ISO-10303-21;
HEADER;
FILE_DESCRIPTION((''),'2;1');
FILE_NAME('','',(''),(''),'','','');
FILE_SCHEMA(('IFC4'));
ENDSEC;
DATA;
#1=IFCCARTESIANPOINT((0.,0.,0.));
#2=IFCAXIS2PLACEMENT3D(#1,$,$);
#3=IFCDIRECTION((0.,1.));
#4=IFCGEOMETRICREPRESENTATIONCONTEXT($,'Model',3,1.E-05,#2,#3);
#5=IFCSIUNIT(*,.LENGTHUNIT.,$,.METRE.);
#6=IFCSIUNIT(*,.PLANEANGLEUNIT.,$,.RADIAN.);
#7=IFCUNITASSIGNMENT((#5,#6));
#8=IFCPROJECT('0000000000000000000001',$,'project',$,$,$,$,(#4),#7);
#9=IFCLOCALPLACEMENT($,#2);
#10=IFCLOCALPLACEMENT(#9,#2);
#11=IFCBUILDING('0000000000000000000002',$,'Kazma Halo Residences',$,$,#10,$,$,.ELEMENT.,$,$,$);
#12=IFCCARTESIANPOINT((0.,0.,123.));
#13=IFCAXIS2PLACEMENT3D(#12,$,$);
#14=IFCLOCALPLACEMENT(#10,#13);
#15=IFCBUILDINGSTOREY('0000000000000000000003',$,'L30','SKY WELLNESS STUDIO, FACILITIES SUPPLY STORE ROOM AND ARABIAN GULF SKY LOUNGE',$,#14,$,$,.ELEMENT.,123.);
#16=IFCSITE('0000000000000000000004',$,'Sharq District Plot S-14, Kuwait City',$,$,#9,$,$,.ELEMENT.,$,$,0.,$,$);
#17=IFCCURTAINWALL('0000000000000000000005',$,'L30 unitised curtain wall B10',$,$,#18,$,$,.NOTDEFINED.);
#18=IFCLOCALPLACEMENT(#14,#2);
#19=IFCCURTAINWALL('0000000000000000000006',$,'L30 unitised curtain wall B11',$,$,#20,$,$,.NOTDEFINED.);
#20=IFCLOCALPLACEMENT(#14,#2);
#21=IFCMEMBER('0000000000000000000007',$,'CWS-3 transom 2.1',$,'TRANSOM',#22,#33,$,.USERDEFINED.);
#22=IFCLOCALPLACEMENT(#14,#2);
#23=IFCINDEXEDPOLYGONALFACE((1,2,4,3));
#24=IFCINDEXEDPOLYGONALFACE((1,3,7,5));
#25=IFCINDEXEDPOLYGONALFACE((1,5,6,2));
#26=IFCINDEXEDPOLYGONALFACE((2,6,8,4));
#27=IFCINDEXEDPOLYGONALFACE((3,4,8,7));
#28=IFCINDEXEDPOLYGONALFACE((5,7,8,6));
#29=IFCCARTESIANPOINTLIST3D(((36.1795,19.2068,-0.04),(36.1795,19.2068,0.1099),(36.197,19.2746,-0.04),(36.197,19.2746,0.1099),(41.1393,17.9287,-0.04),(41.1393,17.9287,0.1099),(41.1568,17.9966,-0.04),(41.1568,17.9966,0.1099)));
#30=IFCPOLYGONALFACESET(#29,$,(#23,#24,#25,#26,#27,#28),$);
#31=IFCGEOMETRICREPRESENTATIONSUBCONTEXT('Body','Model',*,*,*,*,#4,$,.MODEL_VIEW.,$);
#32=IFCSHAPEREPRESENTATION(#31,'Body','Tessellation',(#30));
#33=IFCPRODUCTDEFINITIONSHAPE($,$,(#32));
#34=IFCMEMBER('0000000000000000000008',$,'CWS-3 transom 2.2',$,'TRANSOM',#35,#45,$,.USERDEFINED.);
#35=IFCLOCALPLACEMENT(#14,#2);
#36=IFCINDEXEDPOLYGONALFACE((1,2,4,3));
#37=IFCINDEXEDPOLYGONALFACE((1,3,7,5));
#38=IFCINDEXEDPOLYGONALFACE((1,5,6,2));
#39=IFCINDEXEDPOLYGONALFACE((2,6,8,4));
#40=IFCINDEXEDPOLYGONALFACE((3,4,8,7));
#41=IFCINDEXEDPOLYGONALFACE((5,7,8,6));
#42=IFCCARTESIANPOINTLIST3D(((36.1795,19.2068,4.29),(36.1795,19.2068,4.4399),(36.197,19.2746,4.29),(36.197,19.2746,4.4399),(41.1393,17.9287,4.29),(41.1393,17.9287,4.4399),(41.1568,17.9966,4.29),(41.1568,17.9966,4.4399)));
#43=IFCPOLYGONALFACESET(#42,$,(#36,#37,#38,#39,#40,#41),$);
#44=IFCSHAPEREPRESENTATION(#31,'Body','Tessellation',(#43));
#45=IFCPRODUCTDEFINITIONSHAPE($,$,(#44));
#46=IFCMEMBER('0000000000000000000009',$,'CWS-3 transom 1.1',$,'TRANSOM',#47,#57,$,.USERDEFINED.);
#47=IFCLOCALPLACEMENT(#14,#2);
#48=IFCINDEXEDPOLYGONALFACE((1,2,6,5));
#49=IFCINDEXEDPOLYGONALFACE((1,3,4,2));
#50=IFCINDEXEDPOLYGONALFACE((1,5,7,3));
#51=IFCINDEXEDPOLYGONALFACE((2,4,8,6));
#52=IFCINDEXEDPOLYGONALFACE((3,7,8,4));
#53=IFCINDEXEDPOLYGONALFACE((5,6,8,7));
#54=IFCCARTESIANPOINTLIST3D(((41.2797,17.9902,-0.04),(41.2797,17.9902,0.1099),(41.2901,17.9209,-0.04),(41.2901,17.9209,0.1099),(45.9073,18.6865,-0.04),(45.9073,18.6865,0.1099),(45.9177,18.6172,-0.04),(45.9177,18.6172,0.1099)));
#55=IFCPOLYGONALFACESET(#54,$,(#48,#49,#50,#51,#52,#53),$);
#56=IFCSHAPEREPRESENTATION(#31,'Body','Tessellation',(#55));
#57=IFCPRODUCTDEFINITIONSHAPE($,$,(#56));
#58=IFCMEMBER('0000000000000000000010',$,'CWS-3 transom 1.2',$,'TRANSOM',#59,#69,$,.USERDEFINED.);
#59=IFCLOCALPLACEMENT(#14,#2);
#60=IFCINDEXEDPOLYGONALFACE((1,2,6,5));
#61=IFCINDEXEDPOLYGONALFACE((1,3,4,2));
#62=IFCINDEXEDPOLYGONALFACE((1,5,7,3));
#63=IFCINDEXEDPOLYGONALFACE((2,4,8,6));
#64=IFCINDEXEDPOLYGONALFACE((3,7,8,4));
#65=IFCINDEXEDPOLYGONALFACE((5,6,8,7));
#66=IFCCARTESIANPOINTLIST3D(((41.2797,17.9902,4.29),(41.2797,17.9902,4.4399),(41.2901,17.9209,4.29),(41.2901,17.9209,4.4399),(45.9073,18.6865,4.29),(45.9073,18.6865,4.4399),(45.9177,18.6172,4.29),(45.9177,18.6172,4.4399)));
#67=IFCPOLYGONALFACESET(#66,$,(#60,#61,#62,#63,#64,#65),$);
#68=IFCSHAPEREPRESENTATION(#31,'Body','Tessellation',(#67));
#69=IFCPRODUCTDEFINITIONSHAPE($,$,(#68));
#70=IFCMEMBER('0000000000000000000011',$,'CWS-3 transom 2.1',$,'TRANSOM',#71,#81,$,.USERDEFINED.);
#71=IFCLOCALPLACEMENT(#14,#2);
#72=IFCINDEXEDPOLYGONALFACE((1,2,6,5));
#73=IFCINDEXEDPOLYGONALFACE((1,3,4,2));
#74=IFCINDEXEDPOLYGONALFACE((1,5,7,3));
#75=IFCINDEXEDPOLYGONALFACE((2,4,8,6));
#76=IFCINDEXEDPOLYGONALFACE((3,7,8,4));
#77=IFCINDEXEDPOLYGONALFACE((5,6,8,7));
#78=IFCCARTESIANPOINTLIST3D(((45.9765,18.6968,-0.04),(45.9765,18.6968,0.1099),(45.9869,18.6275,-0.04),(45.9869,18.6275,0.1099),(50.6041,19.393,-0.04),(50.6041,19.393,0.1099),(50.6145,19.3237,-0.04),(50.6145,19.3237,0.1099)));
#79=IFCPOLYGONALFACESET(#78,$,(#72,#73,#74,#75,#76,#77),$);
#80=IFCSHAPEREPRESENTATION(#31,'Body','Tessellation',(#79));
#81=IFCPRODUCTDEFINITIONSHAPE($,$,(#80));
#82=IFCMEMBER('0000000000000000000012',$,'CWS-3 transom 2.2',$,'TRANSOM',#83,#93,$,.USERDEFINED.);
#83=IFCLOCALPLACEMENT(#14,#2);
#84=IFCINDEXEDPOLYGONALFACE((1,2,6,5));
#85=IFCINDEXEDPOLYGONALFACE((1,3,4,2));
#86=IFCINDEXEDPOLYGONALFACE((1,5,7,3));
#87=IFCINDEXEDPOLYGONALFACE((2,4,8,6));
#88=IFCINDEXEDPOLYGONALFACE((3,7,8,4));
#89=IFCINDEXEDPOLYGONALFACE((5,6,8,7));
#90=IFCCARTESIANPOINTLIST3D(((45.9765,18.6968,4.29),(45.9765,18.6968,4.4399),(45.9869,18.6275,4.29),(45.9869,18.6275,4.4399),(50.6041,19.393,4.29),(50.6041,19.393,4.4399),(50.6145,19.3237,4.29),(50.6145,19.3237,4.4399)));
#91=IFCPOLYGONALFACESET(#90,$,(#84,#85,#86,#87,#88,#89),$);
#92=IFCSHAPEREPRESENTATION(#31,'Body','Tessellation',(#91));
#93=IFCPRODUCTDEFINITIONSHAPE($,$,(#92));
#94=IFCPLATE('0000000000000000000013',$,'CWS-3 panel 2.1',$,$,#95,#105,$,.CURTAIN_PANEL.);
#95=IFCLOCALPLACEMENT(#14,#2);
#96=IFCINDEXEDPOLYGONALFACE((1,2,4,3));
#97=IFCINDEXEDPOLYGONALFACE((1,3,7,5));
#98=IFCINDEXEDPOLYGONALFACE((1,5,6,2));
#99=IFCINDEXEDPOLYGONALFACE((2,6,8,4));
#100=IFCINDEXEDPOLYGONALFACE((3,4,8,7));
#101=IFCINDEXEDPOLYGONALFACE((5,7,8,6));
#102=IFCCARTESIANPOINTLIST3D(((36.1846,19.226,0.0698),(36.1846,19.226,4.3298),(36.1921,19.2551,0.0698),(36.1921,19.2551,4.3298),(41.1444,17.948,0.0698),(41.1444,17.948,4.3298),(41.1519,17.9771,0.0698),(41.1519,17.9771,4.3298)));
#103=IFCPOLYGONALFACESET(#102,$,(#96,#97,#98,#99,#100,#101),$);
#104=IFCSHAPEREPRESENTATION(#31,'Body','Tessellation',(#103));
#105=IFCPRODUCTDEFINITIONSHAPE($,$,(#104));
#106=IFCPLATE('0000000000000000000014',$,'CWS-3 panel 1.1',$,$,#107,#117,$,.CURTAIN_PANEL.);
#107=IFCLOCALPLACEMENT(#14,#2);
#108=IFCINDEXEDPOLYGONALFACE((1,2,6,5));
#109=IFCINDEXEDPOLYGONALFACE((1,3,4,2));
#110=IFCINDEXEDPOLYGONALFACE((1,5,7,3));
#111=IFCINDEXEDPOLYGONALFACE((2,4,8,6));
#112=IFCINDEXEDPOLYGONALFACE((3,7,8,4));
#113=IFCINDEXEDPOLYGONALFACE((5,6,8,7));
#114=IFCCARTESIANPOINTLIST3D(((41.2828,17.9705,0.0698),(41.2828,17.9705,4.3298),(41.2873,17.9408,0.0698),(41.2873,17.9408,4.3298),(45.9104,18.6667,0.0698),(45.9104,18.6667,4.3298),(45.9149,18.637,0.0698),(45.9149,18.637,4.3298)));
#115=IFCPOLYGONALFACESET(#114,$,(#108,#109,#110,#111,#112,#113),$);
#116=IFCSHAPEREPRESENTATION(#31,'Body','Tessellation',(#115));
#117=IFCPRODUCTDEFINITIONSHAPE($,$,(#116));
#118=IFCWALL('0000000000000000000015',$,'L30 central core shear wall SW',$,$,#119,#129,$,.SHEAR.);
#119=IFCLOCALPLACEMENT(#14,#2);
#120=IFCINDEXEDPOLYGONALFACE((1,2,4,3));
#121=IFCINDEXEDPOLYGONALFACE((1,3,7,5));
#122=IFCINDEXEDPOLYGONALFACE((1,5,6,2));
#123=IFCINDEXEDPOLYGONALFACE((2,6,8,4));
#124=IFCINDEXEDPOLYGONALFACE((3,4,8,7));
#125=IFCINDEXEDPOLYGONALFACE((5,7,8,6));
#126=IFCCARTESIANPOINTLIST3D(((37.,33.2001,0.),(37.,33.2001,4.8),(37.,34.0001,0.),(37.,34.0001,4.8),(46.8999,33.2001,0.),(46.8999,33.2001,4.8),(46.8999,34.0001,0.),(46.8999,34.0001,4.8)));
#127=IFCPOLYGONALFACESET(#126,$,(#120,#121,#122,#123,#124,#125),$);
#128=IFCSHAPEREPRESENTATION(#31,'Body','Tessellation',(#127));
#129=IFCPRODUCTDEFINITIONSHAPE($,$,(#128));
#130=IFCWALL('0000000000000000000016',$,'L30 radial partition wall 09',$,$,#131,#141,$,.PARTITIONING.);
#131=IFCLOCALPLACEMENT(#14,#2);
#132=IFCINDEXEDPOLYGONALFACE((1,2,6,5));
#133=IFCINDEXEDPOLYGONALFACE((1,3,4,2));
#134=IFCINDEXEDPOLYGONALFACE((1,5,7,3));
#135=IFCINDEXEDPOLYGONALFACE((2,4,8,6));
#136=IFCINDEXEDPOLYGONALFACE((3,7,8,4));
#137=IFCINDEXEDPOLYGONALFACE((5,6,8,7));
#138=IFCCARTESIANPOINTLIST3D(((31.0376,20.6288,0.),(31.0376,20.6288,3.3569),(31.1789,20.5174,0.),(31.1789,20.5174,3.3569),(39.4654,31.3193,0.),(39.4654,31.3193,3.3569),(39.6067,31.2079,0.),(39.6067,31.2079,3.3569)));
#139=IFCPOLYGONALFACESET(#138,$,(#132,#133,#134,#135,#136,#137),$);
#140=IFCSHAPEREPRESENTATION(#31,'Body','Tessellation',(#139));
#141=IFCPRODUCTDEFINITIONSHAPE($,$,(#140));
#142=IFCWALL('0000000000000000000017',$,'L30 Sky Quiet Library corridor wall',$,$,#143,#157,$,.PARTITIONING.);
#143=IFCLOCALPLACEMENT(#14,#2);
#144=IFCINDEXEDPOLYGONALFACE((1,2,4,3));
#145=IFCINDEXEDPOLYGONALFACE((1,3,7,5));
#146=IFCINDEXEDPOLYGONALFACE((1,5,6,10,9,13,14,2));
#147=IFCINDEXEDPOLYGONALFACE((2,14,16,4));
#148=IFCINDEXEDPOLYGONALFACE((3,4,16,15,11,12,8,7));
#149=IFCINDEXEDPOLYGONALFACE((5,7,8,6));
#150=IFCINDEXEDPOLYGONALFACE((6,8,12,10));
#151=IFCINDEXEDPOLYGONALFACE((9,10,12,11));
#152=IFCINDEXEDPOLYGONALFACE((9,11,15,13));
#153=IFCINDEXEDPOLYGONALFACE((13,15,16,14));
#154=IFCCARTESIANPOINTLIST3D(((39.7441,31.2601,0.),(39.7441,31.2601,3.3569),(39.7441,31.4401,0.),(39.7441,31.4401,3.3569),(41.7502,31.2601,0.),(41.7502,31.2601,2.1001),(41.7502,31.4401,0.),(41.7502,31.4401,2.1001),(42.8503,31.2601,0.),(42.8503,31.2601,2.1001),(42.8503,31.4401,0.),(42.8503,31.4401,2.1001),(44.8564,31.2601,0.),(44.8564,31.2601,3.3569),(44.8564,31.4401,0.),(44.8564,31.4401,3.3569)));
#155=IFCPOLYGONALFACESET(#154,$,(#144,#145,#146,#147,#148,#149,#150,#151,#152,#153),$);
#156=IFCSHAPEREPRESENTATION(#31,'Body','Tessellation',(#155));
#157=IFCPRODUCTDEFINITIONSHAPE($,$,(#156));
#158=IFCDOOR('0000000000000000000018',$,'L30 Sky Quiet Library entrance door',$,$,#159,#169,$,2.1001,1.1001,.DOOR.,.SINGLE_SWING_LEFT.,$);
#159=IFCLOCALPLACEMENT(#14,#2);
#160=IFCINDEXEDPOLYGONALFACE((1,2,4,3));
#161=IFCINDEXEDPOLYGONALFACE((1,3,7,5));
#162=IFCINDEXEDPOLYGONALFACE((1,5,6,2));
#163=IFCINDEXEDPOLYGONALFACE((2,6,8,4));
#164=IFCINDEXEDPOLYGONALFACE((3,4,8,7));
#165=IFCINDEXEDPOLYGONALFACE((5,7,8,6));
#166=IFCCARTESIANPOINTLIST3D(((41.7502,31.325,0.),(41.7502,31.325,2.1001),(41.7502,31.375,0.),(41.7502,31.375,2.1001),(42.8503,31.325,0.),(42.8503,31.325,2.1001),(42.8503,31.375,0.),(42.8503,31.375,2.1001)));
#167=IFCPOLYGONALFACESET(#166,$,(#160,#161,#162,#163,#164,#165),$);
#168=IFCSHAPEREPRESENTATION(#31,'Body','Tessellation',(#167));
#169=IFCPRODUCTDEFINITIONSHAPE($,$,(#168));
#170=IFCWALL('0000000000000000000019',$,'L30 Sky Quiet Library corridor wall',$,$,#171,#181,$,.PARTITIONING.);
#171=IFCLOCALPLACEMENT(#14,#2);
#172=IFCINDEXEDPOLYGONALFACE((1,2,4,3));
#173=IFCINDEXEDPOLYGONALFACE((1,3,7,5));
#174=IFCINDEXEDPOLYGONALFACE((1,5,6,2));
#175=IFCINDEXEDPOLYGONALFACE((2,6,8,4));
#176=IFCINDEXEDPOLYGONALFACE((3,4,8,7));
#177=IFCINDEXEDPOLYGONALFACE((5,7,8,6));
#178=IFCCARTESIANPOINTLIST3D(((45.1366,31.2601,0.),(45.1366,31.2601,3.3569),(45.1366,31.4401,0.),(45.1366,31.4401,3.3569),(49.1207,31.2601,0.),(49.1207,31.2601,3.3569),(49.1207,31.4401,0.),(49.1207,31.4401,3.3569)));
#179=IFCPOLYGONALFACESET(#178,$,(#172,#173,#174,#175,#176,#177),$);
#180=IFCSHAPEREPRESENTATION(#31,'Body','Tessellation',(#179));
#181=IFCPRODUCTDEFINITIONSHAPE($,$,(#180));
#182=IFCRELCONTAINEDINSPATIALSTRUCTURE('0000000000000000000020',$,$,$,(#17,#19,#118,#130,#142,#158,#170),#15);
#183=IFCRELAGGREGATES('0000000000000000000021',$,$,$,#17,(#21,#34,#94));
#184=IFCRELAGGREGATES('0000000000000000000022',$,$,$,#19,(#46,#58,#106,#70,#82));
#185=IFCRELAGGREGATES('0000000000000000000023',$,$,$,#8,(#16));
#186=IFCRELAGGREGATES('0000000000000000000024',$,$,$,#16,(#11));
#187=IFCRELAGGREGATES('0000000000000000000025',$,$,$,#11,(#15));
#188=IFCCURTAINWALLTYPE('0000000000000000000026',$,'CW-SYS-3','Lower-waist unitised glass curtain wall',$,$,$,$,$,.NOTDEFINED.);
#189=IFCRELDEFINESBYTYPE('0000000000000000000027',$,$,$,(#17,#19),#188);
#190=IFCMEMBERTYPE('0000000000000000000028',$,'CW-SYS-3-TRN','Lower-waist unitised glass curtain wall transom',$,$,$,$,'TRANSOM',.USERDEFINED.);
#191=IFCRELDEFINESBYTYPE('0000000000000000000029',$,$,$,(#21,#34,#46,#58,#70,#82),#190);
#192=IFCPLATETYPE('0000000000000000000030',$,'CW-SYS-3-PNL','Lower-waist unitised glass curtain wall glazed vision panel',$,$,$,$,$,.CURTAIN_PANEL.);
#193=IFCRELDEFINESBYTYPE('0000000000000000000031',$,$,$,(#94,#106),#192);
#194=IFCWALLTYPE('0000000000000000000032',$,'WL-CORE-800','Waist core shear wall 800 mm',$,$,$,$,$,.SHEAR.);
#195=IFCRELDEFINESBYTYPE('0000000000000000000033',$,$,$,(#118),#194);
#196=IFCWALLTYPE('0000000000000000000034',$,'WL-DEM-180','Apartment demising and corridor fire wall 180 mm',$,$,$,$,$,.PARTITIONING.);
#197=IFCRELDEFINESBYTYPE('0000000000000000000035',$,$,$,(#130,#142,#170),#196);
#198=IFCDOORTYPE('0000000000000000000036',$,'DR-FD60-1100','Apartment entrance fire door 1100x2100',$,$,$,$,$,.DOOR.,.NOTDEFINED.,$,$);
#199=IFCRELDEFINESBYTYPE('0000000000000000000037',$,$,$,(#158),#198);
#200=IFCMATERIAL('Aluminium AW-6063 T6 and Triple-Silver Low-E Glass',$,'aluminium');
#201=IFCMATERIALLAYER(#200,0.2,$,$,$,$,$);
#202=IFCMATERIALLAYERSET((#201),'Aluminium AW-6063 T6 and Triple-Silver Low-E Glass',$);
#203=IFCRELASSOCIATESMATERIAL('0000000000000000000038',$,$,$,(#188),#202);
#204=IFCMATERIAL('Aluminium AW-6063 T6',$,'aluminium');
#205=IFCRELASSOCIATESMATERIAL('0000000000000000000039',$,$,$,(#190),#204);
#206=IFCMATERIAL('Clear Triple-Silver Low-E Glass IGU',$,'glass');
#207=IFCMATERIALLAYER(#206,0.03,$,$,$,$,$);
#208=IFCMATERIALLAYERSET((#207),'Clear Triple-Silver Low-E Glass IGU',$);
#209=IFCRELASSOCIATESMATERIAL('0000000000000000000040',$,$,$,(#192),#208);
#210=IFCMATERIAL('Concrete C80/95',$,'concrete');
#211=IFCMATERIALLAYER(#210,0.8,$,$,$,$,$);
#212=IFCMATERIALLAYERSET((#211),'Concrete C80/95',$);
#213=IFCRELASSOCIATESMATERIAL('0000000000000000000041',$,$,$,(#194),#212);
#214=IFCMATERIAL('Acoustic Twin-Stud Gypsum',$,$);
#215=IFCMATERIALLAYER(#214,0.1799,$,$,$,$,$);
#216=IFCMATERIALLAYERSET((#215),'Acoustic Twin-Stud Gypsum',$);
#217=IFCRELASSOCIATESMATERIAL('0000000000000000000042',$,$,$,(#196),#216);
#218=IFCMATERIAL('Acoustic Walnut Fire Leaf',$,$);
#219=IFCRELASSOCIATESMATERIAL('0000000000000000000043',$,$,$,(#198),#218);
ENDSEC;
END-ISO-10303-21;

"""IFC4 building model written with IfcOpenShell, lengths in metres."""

from ifc_helpers import new_model, si_unit, direction, frame, frame_2d, origin, origin_2d, place, context, subcontext, project, spatial, rectangle, extrude, material, layer, layer_set, material_profile, profile_set, type_object, element, fill, aggregate, save


model = new_model("IFC4")

# Units and contexts
model_context = context("Model", 3, precision=1e-05, world=origin(), true_north=direction((0.0, 1.0)))
body_context = subcontext(model_context, "Body", "Model", "MODEL_VIEW")
ifc_project = project(units=[si_unit("LENGTHUNIT", "METRE"), si_unit("PLANEANGLEUNIT", "RADIAN")], contexts=[model_context])

# Site, building, storey
site_placement = place(None, origin())
site = spatial("IfcSite", under=ifc_project, at=site_placement, Name="Sharq District Plot S-14, Kuwait City", CompositionType="ELEMENT", RefElevation=0.0)
building_placement = place(site_placement, origin())
building = spatial("IfcBuilding", under=site, at=building_placement, Name="Kazma Halo Residences", CompositionType="ELEMENT")
storey_placement = place(building_placement, frame((0.0, 0.0, 123.0)))
storey = spatial("IfcBuildingStorey", under=building, at=storey_placement, Name="L30", Description="SKY WELLNESS STUDIO, FACILITIES SUPPLY STORE ROOM AND ARABIAN GULF SKY LOUNGE", CompositionType="ELEMENT", Elevation=123.0)

# Shared definitions
ifc_material_1 = material(Name="Concrete C80/95", Category="concrete")

# Curtain wall
ifc_material_2 = material(Name="Aluminium AW-6063 T6 and Triple-Silver Low-E Glass", Category="aluminium")
ifc_layer_1 = layer(ifc_material_2, 0.2)
ifc_layer_set_1 = layer_set([ifc_layer_1], Name="Aluminium AW-6063 T6 and Triple-Silver Low-E Glass")
curtain_wall_type = type_object("IfcCurtainWallType", Name="CW-SYS-3", Description="Lower-waist unitised glass curtain wall", PredefinedType="NOTDEFINED", material=ifc_layer_set_1)
curtain_wall_1_placement = place(storey_placement, origin())
curtain_wall_1 = element("IfcCurtainWall", 1, at=curtain_wall_1_placement, inside=storey, type_object=curtain_wall_type, Name="L30 unitised curtain wall B10", PredefinedType="NOTDEFINED")
ifc_material_3 = material(Name="Aluminium AW-6063 T6", Category="aluminium")

# Curtain wall
curtain_wall_2_placement = place(storey_placement, origin())
curtain_wall_2 = element("IfcCurtainWall", 2, at=curtain_wall_2_placement, inside=storey, type_object=curtain_wall_type, Name="L30 unitised curtain wall B11", PredefinedType="NOTDEFINED")

# Members
ifc_material_profile_1 = material_profile(ifc_material_3, rectangle(XDim=0.0701, YDim=0.1499, at=origin_2d()), Name="CWT-70x150")
ifc_profile_set_1 = profile_set([ifc_material_profile_1], Name="Aluminium AW-6063 T6")
member_type_1 = type_object("IfcMemberType", Name="CW-SYS-3-TRN", Description="Lower-waist unitised glass curtain wall transom", ElementType="TRANSOM", PredefinedType="USERDEFINED", material=ifc_profile_set_1)
member_1_placement = place(storey_placement, frame((36.1882, 19.2407, 0.0349), z_axis=(0.968365, -0.249539, 0.0), x_axis=(0.249539, 0.968365, 0.0)))
member_1 = element("IfcMember", 3, at=member_1_placement, type_object=member_type_1, Name="CWS-3 transom 2.1", ObjectType="TRANSOM", PredefinedType="USERDEFINED", context=body_context, shape_type="SweptSolid", body=[
    extrude(rectangle(XDim=0.0701, YDim=0.1499, at=origin_2d()), origin(), (0.0, 0.0, 1.0), 5.1218),
])
member_2_placement = place(storey_placement, frame((36.1882, 19.2407, 4.365), z_axis=(0.968365, -0.249539, 0.0), x_axis=(0.249539, 0.968365, 0.0)))
member_2 = element("IfcMember", 4, at=member_2_placement, type_object=member_type_1, Name="CWS-3 transom 2.2", ObjectType="TRANSOM", PredefinedType="USERDEFINED", context=body_context, shape_type="SweptSolid", body=[
    extrude(rectangle(XDim=0.0701, YDim=0.1499, at=origin_2d()), origin(), (0.0, 0.0, 1.0), 5.1218),
])
member_3_placement = place(storey_placement, frame((41.2849, 17.9556, 0.0349), z_axis=(0.988869, 0.148787, 0.0), x_axis=(-0.148787, 0.988869, 0.0)))
member_3 = element("IfcMember", 5, at=member_3_placement, type_object=member_type_1, Name="CWS-3 transom 1.1", ObjectType="TRANSOM", PredefinedType="USERDEFINED", context=body_context, shape_type="SweptSolid", body=[
    extrude(rectangle(XDim=0.0701, YDim=0.1499, at=origin_2d()), origin(), (0.0, 0.0, 1.0), 4.6797),
])
member_4_placement = place(storey_placement, frame((41.2849, 17.9556, 4.365), z_axis=(0.988869, 0.148787, 0.0), x_axis=(-0.148787, 0.988869, 0.0)))
member_4 = element("IfcMember", 6, at=member_4_placement, type_object=member_type_1, Name="CWS-3 transom 1.2", ObjectType="TRANSOM", PredefinedType="USERDEFINED", context=body_context, shape_type="SweptSolid", body=[
    extrude(rectangle(XDim=0.0701, YDim=0.1499, at=origin_2d()), origin(), (0.0, 0.0, 1.0), 4.6797),
])
member_5_placement = place(storey_placement, frame((45.9817, 18.6621, 0.0349), z_axis=(0.988869, 0.148787, 0.0), x_axis=(-0.148787, 0.988869, 0.0)))
member_5 = element("IfcMember", 7, at=member_5_placement, type_object=member_type_1, Name="CWS-3 transom 2.1", ObjectType="TRANSOM", PredefinedType="USERDEFINED", context=body_context, shape_type="SweptSolid", body=[
    extrude(rectangle(XDim=0.0701, YDim=0.1499, at=origin_2d()), origin(), (0.0, 0.0, 1.0), 4.6797),
])
member_6_placement = place(storey_placement, frame((45.9817, 18.6621, 4.365), z_axis=(0.988869, 0.148787, 0.0), x_axis=(-0.148787, 0.988869, 0.0)))
member_6 = element("IfcMember", 8, at=member_6_placement, type_object=member_type_1, Name="CWS-3 transom 2.2", ObjectType="TRANSOM", PredefinedType="USERDEFINED", context=body_context, shape_type="SweptSolid", body=[
    extrude(rectangle(XDim=0.0701, YDim=0.1499, at=origin_2d()), origin(), (0.0, 0.0, 1.0), 4.6797),
])

# Plates
ifc_material_4 = material(Name="Clear Triple-Silver Low-E Glass IGU", Category="glass")
ifc_layer_2 = layer(ifc_material_4, 0.03)
ifc_layer_set_2 = layer_set([ifc_layer_2], Name="Clear Triple-Silver Low-E Glass IGU")
plate_type = type_object("IfcPlateType", Name="CW-SYS-3-PNL", Description="Lower-waist unitised glass curtain wall glazed vision panel", PredefinedType="CURTAIN_PANEL", material=ifc_layer_set_2)
plate_1_placement = place(storey_placement, frame((38.6682, 18.6016, 0.0698), z_axis=(0.0, 0.0, 1.0), x_axis=(0.968368, -0.249525, 0.0)))
plate_1 = element("IfcPlate", 9, at=plate_1_placement, type_object=plate_type, Name="CWS-3 panel 2.1", PredefinedType="CURTAIN_PANEL", context=body_context, shape_type="SweptSolid", body=[
    extrude(rectangle(XDim=5.1218, YDim=0.03, at=origin_2d()), origin(), (0.0, 0.0, 1.0), 4.26),
])
aggregate(curtain_wall_1, [member_1, member_2, plate_1])
plate_2_placement = place(storey_placement, frame((43.5989, 18.3037, 0.0698), z_axis=(0.0, 0.0, 1.0), x_axis=(0.988872, 0.148768, 0.0)))
plate_2 = element("IfcPlate", 10, at=plate_2_placement, type_object=plate_type, Name="CWS-3 panel 1.1", PredefinedType="CURTAIN_PANEL", context=body_context, shape_type="SweptSolid", body=[
    extrude(rectangle(XDim=4.6797, YDim=0.03, at=origin_2d()), origin(), (0.0, 0.0, 1.0), 4.26),
])
aggregate(curtain_wall_2, [member_3, member_4, plate_2, member_5, member_6])

# Walls
ifc_layer_3 = layer(ifc_material_1, 0.8)
ifc_layer_set_3 = layer_set([ifc_layer_3], Name="Concrete C80/95")
wall_type_1 = type_object("IfcWallType", Name="WL-CORE-800", Description="Waist core shear wall 800 mm", PredefinedType="SHEAR", material=ifc_layer_set_3)
wall_1_placement = place(storey_placement, frame((37.0, 33.6001, 0.0), z_axis=(0.0, 0.0, 1.0), x_axis=(1.0, 0.0, 0.0)))
element("IfcWall", 11, at=wall_1_placement, inside=storey, type_object=wall_type_1, Name="L30 central core shear wall SW", PredefinedType="SHEAR", context=body_context, shape_type="SweptSolid", body=[
    extrude(rectangle(XDim=9.8999, YDim=0.8, at=frame_2d((4.95, 0.0))), origin(), (0.0, 0.0, 1.0), 4.8),
])
ifc_material_5 = material(Name="Acoustic Twin-Stud Gypsum")
ifc_layer_4 = layer(ifc_material_5, 0.1799)
ifc_layer_set_4 = layer_set([ifc_layer_4], Name="Acoustic Twin-Stud Gypsum")
wall_type_2 = type_object("IfcWallType", Name="WL-DEM-180", Description="Apartment demising and corridor fire wall 180 mm", PredefinedType="PARTITIONING", material=ifc_layer_set_4)
wall_2_placement = place(storey_placement, frame((39.5361, 31.2637, 0.0), z_axis=(0.0, 0.0, 1.0), x_axis=(-0.619098, -0.785314, 0.0)))
element("IfcWall", 12, at=wall_2_placement, inside=storey, type_object=wall_type_2, Name="L30 radial partition wall 09", PredefinedType="PARTITIONING", context=body_context, shape_type="SweptSolid", body=[
    extrude(rectangle(XDim=13.613, YDim=0.1799, at=frame_2d((6.8066, 0.0))), origin(), (0.0, 0.0, 1.0), 3.3569),
])

# Wall, opening, door
wall_3_placement = place(storey_placement, frame((39.7441, 31.3501, 0.0), z_axis=(0.0, 0.0, 1.0), x_axis=(1.0, 0.0, 0.0)))
wall_3 = element("IfcWall", 13, at=wall_3_placement, inside=storey, type_object=wall_type_2, Name="L30 Sky Quiet Library corridor wall", PredefinedType="PARTITIONING", context=body_context, shape_type="SweptSolid", body=[
    extrude(rectangle(XDim=5.1123, YDim=0.1799, at=frame_2d((2.5562, 0.0))), origin(), (0.0, 0.0, 1.0), 3.3569),
])
opening_placement = place(wall_3_placement, frame((2.0061, 0.0, 0.0)))
opening = element("IfcOpeningElement", 14, at=opening_placement, cuts=wall_3, PredefinedType="OPENING", context=body_context, shape_type="SweptSolid", body=[
    extrude(rectangle(XDim=1.1001, YDim=2.1001, at=frame_2d((0.55, 1.05))), frame((0.0, 0.0999, 0.0), z_axis=(0.0, -1.0, 0.0), x_axis=(1.0, 0.0, 0.0)), (0.0, 0.0, 1.0), 0.2),
])
ifc_material_6 = material(Name="Acoustic Walnut Fire Leaf")
door_type = type_object("IfcDoorType", Name="DR-FD60-1100", Description="Apartment entrance fire door 1100x2100", OperationType="NOTDEFINED", PredefinedType="DOOR", material=ifc_material_6)
door_placement = place(opening_placement, origin())
door = element("IfcDoor", 15, at=door_placement, inside=storey, type_object=door_type, Name="L30 Sky Quiet Library entrance door", OperationType="SINGLE_SWING_LEFT", OverallHeight=2.1001, OverallWidth=1.1001, PredefinedType="DOOR", context=body_context, shape_type="SweptSolid", body=[
    extrude(rectangle(XDim=1.1001, YDim=2.1001, at=frame_2d((0.55, 1.05))), frame((0.0, 0.0249, 0.0), z_axis=(0.0, -1.0, 0.0), x_axis=(1.0, 0.0, 0.0)), (0.0, 0.0, 1.0), 0.05),
])
fill(opening, door)

# Wall
wall_4_placement = place(storey_placement, frame((45.1365, 31.3501, 0.0), z_axis=(0.0, 0.0, 1.0), x_axis=(1.0, 0.0, 0.0)))
element("IfcWall", 16, at=wall_4_placement, inside=storey, type_object=wall_type_2, Name="L30 Sky Quiet Library corridor wall", PredefinedType="PARTITIONING", context=body_context, shape_type="SweptSolid", body=[
    extrude(rectangle(XDim=3.9841, YDim=0.1799, at=frame_2d((1.9922, 0.0))), origin(), (0.0, 0.0, 1.0), 3.3569),
])

save(model, "model.ifc")
